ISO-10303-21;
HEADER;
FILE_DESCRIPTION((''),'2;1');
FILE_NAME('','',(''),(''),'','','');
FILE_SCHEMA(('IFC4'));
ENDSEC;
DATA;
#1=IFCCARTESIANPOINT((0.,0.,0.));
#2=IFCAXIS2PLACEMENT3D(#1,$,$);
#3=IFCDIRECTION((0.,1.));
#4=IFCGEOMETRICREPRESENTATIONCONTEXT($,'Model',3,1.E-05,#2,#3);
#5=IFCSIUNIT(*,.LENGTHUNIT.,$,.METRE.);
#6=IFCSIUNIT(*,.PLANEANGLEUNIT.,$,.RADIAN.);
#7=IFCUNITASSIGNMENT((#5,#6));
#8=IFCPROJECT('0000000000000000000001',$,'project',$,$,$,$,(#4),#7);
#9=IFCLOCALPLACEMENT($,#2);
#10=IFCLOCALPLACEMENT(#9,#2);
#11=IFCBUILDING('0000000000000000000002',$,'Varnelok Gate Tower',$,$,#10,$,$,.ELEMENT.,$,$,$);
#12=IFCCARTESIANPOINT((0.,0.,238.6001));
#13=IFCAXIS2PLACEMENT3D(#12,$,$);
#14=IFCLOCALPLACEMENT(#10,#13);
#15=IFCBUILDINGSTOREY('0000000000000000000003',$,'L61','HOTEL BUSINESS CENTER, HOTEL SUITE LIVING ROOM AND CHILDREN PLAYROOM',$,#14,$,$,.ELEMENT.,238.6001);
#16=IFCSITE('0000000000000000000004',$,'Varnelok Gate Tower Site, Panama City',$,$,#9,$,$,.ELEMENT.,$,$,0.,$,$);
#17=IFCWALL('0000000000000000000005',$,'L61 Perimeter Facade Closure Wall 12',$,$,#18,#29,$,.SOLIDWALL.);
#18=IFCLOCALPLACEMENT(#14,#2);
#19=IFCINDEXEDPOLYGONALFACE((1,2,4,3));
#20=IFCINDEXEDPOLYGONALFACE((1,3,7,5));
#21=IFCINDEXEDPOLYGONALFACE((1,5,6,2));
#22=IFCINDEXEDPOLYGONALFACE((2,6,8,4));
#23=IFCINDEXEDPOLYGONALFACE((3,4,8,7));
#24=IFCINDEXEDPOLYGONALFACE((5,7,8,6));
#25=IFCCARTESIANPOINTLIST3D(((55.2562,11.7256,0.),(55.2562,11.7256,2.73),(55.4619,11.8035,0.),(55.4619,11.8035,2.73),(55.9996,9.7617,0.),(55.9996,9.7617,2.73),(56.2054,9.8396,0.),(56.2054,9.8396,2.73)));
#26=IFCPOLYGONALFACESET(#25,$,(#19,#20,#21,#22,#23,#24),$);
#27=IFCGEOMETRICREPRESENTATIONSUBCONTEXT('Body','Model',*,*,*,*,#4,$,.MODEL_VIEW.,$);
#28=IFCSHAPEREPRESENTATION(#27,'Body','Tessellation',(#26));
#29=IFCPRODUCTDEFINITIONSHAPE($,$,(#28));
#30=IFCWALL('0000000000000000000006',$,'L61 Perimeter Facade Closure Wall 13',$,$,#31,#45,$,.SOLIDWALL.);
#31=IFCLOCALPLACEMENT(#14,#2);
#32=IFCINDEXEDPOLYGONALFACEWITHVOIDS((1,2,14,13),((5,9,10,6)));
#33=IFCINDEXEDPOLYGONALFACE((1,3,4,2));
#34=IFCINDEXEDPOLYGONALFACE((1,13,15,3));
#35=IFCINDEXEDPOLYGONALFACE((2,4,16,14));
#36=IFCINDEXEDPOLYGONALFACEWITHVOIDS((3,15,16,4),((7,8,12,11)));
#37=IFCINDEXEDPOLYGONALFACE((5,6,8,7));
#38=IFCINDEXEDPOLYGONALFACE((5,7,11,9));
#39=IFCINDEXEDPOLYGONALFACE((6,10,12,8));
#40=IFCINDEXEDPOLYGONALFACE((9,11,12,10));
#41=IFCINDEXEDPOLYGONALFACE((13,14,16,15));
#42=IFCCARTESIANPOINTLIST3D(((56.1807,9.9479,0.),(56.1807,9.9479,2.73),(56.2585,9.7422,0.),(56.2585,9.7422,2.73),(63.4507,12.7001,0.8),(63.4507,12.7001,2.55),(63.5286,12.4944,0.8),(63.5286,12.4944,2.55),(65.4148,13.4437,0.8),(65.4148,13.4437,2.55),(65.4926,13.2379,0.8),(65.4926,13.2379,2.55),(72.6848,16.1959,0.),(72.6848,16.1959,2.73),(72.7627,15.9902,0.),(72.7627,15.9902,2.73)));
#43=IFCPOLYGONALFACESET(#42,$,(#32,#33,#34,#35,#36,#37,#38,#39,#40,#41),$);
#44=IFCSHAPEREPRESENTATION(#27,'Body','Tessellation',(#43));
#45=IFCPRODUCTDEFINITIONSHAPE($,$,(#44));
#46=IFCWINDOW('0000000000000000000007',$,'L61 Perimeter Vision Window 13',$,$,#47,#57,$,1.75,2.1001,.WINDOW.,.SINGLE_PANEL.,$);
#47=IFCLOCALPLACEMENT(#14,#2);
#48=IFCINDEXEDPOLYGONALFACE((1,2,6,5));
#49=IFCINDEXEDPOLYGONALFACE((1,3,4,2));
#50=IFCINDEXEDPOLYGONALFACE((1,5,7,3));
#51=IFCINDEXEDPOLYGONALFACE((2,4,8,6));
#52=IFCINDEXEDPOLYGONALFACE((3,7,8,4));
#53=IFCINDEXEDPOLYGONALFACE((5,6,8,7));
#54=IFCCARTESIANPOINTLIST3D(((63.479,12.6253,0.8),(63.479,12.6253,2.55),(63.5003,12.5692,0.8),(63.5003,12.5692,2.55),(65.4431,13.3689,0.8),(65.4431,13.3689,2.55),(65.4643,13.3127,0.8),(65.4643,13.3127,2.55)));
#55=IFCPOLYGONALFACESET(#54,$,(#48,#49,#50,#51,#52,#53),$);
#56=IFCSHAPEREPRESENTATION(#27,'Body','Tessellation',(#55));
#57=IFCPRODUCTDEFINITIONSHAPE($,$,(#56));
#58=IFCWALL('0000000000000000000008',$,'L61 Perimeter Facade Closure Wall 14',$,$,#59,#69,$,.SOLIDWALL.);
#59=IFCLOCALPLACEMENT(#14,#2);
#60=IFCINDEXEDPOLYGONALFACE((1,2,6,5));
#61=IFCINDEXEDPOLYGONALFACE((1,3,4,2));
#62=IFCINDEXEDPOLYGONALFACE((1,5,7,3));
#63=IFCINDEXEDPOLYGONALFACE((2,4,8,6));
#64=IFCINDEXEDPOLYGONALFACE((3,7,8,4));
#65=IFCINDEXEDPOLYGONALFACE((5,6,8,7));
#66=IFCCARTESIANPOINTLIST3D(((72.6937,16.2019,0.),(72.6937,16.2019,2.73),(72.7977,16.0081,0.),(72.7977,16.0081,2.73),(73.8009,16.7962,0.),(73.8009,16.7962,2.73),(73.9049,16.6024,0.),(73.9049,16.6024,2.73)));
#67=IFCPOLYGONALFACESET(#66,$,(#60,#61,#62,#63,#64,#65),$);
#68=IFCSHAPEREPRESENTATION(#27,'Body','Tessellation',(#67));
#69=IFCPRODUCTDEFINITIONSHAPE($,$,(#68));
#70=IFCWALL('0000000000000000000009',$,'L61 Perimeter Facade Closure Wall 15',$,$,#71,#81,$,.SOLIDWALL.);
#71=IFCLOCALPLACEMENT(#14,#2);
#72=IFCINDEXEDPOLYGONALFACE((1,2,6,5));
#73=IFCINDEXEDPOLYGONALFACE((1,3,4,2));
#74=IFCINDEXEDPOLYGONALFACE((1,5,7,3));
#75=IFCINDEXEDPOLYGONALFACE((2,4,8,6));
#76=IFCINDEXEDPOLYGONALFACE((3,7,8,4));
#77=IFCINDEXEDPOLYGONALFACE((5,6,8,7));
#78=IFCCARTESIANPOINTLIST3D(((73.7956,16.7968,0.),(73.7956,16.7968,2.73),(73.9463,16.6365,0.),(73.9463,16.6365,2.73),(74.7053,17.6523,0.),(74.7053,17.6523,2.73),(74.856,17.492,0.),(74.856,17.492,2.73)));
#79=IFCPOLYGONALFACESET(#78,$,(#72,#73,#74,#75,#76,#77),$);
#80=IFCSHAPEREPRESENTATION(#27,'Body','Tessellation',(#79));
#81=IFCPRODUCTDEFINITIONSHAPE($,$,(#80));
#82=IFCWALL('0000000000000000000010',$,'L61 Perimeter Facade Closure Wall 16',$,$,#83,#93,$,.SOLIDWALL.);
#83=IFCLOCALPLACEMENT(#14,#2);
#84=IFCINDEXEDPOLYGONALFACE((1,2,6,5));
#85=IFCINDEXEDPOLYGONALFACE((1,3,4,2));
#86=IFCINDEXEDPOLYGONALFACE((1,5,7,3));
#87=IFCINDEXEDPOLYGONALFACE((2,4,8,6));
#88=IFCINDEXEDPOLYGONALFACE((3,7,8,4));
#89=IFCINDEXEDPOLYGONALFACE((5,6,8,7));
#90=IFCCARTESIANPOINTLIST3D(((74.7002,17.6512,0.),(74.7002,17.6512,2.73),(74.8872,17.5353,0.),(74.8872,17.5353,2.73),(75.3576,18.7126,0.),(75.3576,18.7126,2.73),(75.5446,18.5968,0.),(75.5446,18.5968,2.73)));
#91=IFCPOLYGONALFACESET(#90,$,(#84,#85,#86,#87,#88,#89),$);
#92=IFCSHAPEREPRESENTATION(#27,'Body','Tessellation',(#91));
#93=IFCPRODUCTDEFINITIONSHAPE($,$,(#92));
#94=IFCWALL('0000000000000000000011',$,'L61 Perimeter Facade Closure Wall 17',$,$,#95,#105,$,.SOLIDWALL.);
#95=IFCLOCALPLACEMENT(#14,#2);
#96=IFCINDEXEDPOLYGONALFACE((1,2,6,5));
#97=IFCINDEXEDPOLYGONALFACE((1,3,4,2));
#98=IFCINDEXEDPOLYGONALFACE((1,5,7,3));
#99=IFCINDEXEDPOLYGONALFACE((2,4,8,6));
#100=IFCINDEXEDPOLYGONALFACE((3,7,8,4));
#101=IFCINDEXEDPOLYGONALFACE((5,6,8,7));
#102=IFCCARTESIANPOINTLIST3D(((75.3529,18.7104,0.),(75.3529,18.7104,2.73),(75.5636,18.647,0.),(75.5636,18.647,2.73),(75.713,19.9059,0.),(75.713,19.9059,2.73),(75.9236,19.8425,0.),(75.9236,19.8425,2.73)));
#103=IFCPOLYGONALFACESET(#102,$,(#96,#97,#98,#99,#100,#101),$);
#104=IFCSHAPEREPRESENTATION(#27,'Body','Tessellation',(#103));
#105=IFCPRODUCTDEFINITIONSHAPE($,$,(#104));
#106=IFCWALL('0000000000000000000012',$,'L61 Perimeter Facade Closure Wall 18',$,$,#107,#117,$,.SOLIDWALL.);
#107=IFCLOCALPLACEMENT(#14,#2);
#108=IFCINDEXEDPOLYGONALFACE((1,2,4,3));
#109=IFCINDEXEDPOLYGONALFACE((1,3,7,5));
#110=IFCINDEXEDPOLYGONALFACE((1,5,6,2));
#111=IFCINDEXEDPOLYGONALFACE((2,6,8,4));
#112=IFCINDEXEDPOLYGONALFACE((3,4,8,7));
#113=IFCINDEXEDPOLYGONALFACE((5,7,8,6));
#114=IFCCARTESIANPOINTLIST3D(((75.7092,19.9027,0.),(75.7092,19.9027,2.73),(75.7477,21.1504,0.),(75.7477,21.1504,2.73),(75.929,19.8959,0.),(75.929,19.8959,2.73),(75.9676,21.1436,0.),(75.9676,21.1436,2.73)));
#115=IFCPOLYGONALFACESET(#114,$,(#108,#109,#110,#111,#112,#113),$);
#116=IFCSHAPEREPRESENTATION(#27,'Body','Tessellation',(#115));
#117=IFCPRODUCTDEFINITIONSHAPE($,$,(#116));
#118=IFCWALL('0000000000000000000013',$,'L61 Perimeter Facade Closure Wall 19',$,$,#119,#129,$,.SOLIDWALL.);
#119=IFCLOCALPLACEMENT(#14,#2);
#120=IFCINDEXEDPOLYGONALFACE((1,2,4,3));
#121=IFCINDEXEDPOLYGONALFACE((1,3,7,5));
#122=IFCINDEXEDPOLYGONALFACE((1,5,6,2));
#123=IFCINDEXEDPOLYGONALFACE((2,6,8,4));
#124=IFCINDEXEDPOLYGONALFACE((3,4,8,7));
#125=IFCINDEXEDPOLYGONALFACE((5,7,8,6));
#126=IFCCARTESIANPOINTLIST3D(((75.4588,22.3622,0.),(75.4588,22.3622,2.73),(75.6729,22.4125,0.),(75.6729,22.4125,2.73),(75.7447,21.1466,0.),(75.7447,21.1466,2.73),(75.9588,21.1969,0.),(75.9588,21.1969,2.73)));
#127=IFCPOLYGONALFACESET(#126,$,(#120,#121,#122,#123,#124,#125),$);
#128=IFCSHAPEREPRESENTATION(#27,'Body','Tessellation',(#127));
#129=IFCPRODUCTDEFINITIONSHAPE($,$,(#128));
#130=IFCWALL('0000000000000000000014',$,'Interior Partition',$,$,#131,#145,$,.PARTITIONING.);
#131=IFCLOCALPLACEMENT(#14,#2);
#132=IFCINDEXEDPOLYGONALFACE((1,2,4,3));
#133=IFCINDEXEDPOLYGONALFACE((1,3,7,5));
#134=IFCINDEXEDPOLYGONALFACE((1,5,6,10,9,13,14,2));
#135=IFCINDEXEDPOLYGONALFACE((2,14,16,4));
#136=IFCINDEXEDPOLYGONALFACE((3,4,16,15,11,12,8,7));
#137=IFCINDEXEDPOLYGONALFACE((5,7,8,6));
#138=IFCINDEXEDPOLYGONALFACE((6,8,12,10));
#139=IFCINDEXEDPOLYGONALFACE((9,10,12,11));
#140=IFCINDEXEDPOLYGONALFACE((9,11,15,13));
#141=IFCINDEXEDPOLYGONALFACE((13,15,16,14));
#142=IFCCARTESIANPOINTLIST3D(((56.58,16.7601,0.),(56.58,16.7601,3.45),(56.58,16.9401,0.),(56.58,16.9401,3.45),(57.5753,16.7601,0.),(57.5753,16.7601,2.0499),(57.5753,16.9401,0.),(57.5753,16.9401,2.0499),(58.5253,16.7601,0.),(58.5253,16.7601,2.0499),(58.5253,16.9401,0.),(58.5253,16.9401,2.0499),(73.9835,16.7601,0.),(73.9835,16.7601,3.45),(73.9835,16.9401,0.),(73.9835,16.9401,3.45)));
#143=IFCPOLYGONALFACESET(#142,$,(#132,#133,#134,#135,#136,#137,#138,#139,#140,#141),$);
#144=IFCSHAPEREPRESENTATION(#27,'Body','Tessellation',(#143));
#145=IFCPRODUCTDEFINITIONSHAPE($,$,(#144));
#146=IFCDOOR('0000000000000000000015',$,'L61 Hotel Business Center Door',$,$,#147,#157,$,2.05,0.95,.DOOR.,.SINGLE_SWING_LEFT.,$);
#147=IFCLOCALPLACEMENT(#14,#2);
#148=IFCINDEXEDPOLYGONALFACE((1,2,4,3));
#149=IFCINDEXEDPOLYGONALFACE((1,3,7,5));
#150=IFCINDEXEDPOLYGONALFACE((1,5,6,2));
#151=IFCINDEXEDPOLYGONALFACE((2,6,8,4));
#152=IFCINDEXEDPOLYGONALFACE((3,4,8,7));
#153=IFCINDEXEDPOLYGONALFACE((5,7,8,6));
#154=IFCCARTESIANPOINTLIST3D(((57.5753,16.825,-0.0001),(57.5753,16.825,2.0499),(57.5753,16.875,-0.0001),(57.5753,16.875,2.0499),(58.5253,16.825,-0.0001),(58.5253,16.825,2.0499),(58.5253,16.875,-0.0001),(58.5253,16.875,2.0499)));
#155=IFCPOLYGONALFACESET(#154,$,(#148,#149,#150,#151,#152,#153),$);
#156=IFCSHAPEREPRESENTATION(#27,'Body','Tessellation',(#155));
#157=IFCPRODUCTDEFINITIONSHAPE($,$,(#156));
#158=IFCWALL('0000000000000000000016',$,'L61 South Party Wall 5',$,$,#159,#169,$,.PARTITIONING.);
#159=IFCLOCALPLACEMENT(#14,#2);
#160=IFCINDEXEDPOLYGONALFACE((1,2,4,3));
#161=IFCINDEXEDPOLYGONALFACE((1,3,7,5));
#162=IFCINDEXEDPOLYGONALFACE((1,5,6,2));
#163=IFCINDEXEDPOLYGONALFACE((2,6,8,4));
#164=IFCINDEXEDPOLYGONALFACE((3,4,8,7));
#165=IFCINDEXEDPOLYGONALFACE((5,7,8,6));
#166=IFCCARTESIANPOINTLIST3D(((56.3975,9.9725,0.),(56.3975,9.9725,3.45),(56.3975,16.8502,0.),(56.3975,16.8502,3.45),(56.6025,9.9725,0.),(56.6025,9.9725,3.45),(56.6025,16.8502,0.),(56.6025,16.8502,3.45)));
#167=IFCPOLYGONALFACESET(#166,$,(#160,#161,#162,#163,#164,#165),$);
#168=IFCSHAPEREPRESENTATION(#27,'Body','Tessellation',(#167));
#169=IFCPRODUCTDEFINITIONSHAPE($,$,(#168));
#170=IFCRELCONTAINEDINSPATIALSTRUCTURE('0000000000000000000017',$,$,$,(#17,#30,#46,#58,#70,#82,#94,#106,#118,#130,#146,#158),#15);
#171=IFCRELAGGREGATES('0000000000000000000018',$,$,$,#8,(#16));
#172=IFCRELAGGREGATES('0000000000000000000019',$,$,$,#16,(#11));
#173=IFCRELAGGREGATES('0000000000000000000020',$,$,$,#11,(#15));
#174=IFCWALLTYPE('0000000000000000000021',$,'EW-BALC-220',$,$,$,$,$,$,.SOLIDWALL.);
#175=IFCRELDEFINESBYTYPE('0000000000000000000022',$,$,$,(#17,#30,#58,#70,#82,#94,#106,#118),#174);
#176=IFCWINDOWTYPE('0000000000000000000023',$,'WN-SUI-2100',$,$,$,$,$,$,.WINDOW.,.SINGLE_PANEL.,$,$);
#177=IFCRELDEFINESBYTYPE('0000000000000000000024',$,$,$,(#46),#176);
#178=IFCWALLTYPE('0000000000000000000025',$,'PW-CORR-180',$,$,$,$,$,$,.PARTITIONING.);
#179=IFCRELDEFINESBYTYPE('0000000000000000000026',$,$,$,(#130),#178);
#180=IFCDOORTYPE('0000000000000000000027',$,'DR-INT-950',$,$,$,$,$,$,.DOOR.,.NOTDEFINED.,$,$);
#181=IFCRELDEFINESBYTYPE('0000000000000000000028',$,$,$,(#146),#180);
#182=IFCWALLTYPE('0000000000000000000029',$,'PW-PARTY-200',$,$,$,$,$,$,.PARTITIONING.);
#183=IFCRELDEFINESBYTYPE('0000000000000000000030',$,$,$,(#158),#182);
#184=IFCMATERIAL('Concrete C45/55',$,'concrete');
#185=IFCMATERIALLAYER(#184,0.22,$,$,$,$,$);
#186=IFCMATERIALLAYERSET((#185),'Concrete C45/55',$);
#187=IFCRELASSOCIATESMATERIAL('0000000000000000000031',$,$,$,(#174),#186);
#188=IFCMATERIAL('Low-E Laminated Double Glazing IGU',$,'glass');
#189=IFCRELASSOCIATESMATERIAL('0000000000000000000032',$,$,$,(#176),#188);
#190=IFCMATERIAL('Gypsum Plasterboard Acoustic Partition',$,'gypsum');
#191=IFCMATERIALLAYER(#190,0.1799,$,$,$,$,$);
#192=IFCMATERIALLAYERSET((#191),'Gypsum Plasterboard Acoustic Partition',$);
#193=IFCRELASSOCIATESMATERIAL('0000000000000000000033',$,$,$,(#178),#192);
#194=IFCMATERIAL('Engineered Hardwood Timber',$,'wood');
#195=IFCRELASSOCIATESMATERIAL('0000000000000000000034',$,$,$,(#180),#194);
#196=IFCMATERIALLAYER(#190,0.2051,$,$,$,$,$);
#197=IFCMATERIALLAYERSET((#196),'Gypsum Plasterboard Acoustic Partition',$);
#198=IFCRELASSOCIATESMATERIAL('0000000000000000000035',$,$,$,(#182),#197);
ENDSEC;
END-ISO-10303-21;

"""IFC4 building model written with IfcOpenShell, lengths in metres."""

from ifc_helpers import new_model, si_unit, direction, frame, frame_2d, origin, place, context, subcontext, project, spatial, rectangle, extrude, material, layer, layer_set, type_object, element, fill, save


model = new_model("IFC4")

# Units and contexts
model_context = context("Model", 3, precision=1e-05, world=origin(), true_north=direction((0.0, 1.0)))
body_context = subcontext(model_context, "Body", "Model", "MODEL_VIEW")
ifc_project = project(units=[si_unit("LENGTHUNIT", "METRE"), si_unit("PLANEANGLEUNIT", "RADIAN")], contexts=[model_context])

# Site, building, storey
site_placement = place(None, origin())
site = spatial("IfcSite", under=ifc_project, at=site_placement, Name="Varnelok Gate Tower Site, Panama City", CompositionType="ELEMENT", RefElevation=0.0)
building_placement = place(site_placement, origin())
building = spatial("IfcBuilding", under=site, at=building_placement, Name="Varnelok Gate Tower", CompositionType="ELEMENT")
storey_placement = place(building_placement, frame((0.0, 0.0, 238.6001)))
storey = spatial("IfcBuildingStorey", under=building, at=storey_placement, Name="L61", Description="HOTEL BUSINESS CENTER, HOTEL SUITE LIVING ROOM AND CHILDREN PLAYROOM", CompositionType="ELEMENT", Elevation=238.6001)

# Shared definitions
ifc_material_1 = material(Name="Low-E Laminated Double Glazing IGU", Category="glass")

# Shared definitions
ifc_material_2 = material(Name="Concrete C45/55", Category="concrete")
ifc_layer_1 = layer(ifc_material_2, 0.22)
ifc_layer_set_1 = layer_set([ifc_layer_1], Name="Concrete C45/55")
wall_type_1 = type_object("IfcWallType", Name="EW-BALC-220", PredefinedType="SOLIDWALL", material=ifc_layer_set_1)

# Wall
wall_1_placement = place(storey_placement, frame((55.3591, 11.7644, 0.0), z_axis=(0.0, 0.0, 1.0), x_axis=(0.354027, -0.935235, 0.0)))
element("IfcWall", 1, at=wall_1_placement, inside=storey, type_object=wall_type_1, Name="L61 Perimeter Facade Closure Wall 12", PredefinedType="SOLIDWALL", context=body_context, shape_type="SweptSolid", body=[
    extrude(rectangle(XDim=2.0999, YDim=0.22, at=frame_2d((1.0498, 0.0))), origin(), (0.0, 0.0, 1.0), 2.73),
])

# Wall, opening, window
wall_2_placement = place(storey_placement, frame((56.2195, 9.845, 0.0), z_axis=(0.0, 0.0, 1.0), x_axis=(0.935226, 0.354052, 0.0)))
wall_2 = element("IfcWall", 2, at=wall_2_placement, inside=storey, type_object=wall_type_1, Name="L61 Perimeter Facade Closure Wall 13", PredefinedType="SOLIDWALL", context=body_context, shape_type="SweptSolid", body=[
    extrude(rectangle(XDim=17.6472, YDim=0.22, at=frame_2d((8.8237, 0.0))), origin(), (0.0, 0.0, 1.0), 2.73),
])
opening_1_placement = place(wall_2_placement, frame((7.7737, 0.0, 0.8)))
opening_1 = element("IfcOpeningElement", 3, at=opening_1_placement, cuts=wall_2, PredefinedType="OPENING", context=body_context, shape_type="SweptSolid", body=[
    extrude(rectangle(XDim=2.1001, YDim=1.75, at=frame_2d((1.05, 0.875))), frame((0.0, 0.1199, 0.0), z_axis=(0.0, -1.0, 0.0), x_axis=(1.0, 0.0, 0.0)), (0.0, 0.0, 1.0), 0.24),
])
window_type = type_object("IfcWindowType", Name="WN-SUI-2100", PartitioningType="SINGLE_PANEL", PredefinedType="WINDOW", material=ifc_material_1)
window_placement = place(opening_1_placement, origin())
window = element("IfcWindow", 4, at=window_placement, inside=storey, type_object=window_type, Name="L61 Perimeter Vision Window 13", OverallHeight=1.75, OverallWidth=2.1001, PartitioningType="SINGLE_PANEL", PredefinedType="WINDOW", context=body_context, shape_type="SweptSolid", body=[
    extrude(rectangle(XDim=2.1001, YDim=1.75, at=frame_2d((1.05, 0.875))), frame((0.0, 0.03, 0.0), z_axis=(0.0, -1.0, 0.0), x_axis=(1.0, 0.0, 0.0)), (0.0, 0.0, 1.0), 0.0601),
])
fill(opening_1, window)

# Walls
wall_3_placement = place(storey_placement, frame((72.7456, 16.105, 0.0), z_axis=(0.0, 0.0, 1.0), x_axis=(0.881113, 0.472906, 0.0)))
element("IfcWall", 5, at=wall_3_placement, inside=storey, type_object=wall_type_1, Name="L61 Perimeter Facade Closure Wall 14", PredefinedType="SOLIDWALL", context=body_context, shape_type="SweptSolid", body=[
    extrude(rectangle(XDim=1.2566, YDim=0.22, at=frame_2d((0.6284, 0.0))), origin(), (0.0, 0.0, 1.0), 2.73),
])
wall_4_placement = place(storey_placement, frame((73.8708, 16.7166, 0.0), z_axis=(0.0, 0.0, 1.0), x_axis=(0.728475, 0.685072, 0.0)))
element("IfcWall", 6, at=wall_4_placement, inside=storey, type_object=wall_type_1, Name="L61 Perimeter Facade Closure Wall 15", PredefinedType="SOLIDWALL", context=body_context, shape_type="SweptSolid", body=[
    extrude(rectangle(XDim=1.2488, YDim=0.22, at=frame_2d((0.6245, 0.0))), origin(), (0.0, 0.0, 1.0), 2.73),
])
for number, where, z_axis, x_axis, name in (
    (7, (74.7937, 17.5933, 0.0), (0.0, 0.0, 1.0), (0.52655, 0.850144, 0.0), "L61 Perimeter Facade Closure Wall 16"),
    (8, (75.4583, 18.6787, 0.0), (0.0, 0.0, 1.0), (0.288406, 0.957508, 0.0), "L61 Perimeter Facade Closure Wall 17"),
):
    element("IfcWall", number, at=place(storey_placement, frame(where, z_axis=z_axis, x_axis=x_axis)), inside=storey, type_object=wall_type_1, Name=name, PredefinedType="SOLIDWALL", context=body_context, shape_type="SweptSolid", body=[
        extrude(rectangle(XDim=1.2485, YDim=0.22, at=frame_2d((0.6243, 0.0))), origin(), (0.0, 0.0, 1.0), 2.73),
    ])
wall_5_placement = place(storey_placement, frame((75.8191, 19.8994, 0.0), z_axis=(0.0, 0.0, 1.0), x_axis=(0.030899, 0.999523, 0.0)))
element("IfcWall", 9, at=wall_5_placement, inside=storey, type_object=wall_type_1, Name="L61 Perimeter Facade Closure Wall 18", PredefinedType="SOLIDWALL", context=body_context, shape_type="SweptSolid", body=[
    extrude(rectangle(XDim=1.2483, YDim=0.22, at=frame_2d((0.624, 0.0))), origin(), (0.0, 0.0, 1.0), 2.73),
])
wall_6_placement = place(storey_placement, frame((75.8518, 21.1716, 0.0), z_axis=(0.0, 0.0, 1.0), x_axis=(-0.228941, 0.97344, 0.0)))
element("IfcWall", 10, at=wall_6_placement, inside=storey, type_object=wall_type_1, Name="L61 Perimeter Facade Closure Wall 19", PredefinedType="SOLIDWALL", context=body_context, shape_type="SweptSolid", body=[
    extrude(rectangle(XDim=1.2488, YDim=0.22, at=frame_2d((0.6245, 0.0))), origin(), (0.0, 0.0, 1.0), 2.73),
])

# Wall, opening, door
ifc_material_3 = material(Name="Gypsum Plasterboard Acoustic Partition", Category="gypsum")
ifc_layer_2 = layer(ifc_material_3, 0.1799)
ifc_layer_set_2 = layer_set([ifc_layer_2], Name="Gypsum Plasterboard Acoustic Partition")
wall_type_2 = type_object("IfcWallType", Name="PW-CORR-180", PredefinedType="PARTITIONING", material=ifc_layer_set_2)
wall_7_placement = place(storey_placement, frame((56.5801, 16.8501, 0.0), z_axis=(0.0, 0.0, 1.0), x_axis=(1.0, 0.0, 0.0)))
wall_7 = element("IfcWall", 11, at=wall_7_placement, inside=storey, type_object=wall_type_2, Name="Interior Partition", PredefinedType="PARTITIONING", context=body_context, shape_type="SweptSolid", body=[
    extrude(rectangle(XDim=17.4036, YDim=0.1799, at=frame_2d((8.7017, 0.0))), origin(), (0.0, 0.0, 1.0), 3.45),
])
opening_2_placement = place(wall_7_placement, frame((0.9951, 0.0, 0.0)))
opening_2 = element("IfcOpeningElement", 12, at=opening_2_placement, cuts=wall_7, PredefinedType="OPENING", context=body_context, shape_type="SweptSolid", body=[
    extrude(rectangle(XDim=0.95, YDim=2.05, at=frame_2d((0.4751, 1.0249))), frame((0.0, 0.0999, 0.0), z_axis=(0.0, -1.0, 0.0), x_axis=(1.0, 0.0, 0.0)), (0.0, 0.0, 1.0), 0.2),
])
ifc_material_4 = material(Name="Engineered Hardwood Timber", Category="wood")
door_type_1 = type_object("IfcDoorType", Name="DR-INT-950", OperationType="NOTDEFINED", PredefinedType="DOOR", material=ifc_material_4)
door_1_placement = place(opening_2_placement, origin())
door_1 = element("IfcDoor", 13, at=door_1_placement, inside=storey, type_object=door_type_1, Name="L61 Hotel Business Center Door", OperationType="SINGLE_SWING_LEFT", OverallHeight=2.05, OverallWidth=0.95, PredefinedType="DOOR", context=body_context, shape_type="SweptSolid", body=[
    extrude(rectangle(XDim=0.95, YDim=2.05, at=frame_2d((0.4751, 1.0249))), frame((0.0, 0.0249, 0.0), z_axis=(0.0, -1.0, 0.0), x_axis=(1.0, 0.0, 0.0)), (0.0, 0.0, 1.0), 0.05),
])
fill(opening_2, door_1)

# Wall
ifc_layer_3 = layer(ifc_material_3, 0.2051)
ifc_layer_set_3 = layer_set([ifc_layer_3], Name="Gypsum Plasterboard Acoustic Partition")
wall_type_3 = type_object("IfcWallType", Name="PW-PARTY-200", PredefinedType="PARTITIONING", material=ifc_layer_set_3)
wall_8_placement = place(storey_placement, frame((56.5, 9.9724, 0.0), z_axis=(0.0, 0.0, 1.0), x_axis=(0.0, 1.0, 0.0)))
element("IfcWall", 14, at=wall_8_placement, inside=storey, type_object=wall_type_3, Name="L61 South Party Wall 5", PredefinedType="PARTITIONING", context=body_context, shape_type="SweptSolid", body=[
    extrude(rectangle(XDim=6.8777, YDim=0.2051, at=frame_2d((3.439, 0.0))), origin(), (0.0, 0.0, 1.0), 3.45),
])

save(model, "model.ifc")
